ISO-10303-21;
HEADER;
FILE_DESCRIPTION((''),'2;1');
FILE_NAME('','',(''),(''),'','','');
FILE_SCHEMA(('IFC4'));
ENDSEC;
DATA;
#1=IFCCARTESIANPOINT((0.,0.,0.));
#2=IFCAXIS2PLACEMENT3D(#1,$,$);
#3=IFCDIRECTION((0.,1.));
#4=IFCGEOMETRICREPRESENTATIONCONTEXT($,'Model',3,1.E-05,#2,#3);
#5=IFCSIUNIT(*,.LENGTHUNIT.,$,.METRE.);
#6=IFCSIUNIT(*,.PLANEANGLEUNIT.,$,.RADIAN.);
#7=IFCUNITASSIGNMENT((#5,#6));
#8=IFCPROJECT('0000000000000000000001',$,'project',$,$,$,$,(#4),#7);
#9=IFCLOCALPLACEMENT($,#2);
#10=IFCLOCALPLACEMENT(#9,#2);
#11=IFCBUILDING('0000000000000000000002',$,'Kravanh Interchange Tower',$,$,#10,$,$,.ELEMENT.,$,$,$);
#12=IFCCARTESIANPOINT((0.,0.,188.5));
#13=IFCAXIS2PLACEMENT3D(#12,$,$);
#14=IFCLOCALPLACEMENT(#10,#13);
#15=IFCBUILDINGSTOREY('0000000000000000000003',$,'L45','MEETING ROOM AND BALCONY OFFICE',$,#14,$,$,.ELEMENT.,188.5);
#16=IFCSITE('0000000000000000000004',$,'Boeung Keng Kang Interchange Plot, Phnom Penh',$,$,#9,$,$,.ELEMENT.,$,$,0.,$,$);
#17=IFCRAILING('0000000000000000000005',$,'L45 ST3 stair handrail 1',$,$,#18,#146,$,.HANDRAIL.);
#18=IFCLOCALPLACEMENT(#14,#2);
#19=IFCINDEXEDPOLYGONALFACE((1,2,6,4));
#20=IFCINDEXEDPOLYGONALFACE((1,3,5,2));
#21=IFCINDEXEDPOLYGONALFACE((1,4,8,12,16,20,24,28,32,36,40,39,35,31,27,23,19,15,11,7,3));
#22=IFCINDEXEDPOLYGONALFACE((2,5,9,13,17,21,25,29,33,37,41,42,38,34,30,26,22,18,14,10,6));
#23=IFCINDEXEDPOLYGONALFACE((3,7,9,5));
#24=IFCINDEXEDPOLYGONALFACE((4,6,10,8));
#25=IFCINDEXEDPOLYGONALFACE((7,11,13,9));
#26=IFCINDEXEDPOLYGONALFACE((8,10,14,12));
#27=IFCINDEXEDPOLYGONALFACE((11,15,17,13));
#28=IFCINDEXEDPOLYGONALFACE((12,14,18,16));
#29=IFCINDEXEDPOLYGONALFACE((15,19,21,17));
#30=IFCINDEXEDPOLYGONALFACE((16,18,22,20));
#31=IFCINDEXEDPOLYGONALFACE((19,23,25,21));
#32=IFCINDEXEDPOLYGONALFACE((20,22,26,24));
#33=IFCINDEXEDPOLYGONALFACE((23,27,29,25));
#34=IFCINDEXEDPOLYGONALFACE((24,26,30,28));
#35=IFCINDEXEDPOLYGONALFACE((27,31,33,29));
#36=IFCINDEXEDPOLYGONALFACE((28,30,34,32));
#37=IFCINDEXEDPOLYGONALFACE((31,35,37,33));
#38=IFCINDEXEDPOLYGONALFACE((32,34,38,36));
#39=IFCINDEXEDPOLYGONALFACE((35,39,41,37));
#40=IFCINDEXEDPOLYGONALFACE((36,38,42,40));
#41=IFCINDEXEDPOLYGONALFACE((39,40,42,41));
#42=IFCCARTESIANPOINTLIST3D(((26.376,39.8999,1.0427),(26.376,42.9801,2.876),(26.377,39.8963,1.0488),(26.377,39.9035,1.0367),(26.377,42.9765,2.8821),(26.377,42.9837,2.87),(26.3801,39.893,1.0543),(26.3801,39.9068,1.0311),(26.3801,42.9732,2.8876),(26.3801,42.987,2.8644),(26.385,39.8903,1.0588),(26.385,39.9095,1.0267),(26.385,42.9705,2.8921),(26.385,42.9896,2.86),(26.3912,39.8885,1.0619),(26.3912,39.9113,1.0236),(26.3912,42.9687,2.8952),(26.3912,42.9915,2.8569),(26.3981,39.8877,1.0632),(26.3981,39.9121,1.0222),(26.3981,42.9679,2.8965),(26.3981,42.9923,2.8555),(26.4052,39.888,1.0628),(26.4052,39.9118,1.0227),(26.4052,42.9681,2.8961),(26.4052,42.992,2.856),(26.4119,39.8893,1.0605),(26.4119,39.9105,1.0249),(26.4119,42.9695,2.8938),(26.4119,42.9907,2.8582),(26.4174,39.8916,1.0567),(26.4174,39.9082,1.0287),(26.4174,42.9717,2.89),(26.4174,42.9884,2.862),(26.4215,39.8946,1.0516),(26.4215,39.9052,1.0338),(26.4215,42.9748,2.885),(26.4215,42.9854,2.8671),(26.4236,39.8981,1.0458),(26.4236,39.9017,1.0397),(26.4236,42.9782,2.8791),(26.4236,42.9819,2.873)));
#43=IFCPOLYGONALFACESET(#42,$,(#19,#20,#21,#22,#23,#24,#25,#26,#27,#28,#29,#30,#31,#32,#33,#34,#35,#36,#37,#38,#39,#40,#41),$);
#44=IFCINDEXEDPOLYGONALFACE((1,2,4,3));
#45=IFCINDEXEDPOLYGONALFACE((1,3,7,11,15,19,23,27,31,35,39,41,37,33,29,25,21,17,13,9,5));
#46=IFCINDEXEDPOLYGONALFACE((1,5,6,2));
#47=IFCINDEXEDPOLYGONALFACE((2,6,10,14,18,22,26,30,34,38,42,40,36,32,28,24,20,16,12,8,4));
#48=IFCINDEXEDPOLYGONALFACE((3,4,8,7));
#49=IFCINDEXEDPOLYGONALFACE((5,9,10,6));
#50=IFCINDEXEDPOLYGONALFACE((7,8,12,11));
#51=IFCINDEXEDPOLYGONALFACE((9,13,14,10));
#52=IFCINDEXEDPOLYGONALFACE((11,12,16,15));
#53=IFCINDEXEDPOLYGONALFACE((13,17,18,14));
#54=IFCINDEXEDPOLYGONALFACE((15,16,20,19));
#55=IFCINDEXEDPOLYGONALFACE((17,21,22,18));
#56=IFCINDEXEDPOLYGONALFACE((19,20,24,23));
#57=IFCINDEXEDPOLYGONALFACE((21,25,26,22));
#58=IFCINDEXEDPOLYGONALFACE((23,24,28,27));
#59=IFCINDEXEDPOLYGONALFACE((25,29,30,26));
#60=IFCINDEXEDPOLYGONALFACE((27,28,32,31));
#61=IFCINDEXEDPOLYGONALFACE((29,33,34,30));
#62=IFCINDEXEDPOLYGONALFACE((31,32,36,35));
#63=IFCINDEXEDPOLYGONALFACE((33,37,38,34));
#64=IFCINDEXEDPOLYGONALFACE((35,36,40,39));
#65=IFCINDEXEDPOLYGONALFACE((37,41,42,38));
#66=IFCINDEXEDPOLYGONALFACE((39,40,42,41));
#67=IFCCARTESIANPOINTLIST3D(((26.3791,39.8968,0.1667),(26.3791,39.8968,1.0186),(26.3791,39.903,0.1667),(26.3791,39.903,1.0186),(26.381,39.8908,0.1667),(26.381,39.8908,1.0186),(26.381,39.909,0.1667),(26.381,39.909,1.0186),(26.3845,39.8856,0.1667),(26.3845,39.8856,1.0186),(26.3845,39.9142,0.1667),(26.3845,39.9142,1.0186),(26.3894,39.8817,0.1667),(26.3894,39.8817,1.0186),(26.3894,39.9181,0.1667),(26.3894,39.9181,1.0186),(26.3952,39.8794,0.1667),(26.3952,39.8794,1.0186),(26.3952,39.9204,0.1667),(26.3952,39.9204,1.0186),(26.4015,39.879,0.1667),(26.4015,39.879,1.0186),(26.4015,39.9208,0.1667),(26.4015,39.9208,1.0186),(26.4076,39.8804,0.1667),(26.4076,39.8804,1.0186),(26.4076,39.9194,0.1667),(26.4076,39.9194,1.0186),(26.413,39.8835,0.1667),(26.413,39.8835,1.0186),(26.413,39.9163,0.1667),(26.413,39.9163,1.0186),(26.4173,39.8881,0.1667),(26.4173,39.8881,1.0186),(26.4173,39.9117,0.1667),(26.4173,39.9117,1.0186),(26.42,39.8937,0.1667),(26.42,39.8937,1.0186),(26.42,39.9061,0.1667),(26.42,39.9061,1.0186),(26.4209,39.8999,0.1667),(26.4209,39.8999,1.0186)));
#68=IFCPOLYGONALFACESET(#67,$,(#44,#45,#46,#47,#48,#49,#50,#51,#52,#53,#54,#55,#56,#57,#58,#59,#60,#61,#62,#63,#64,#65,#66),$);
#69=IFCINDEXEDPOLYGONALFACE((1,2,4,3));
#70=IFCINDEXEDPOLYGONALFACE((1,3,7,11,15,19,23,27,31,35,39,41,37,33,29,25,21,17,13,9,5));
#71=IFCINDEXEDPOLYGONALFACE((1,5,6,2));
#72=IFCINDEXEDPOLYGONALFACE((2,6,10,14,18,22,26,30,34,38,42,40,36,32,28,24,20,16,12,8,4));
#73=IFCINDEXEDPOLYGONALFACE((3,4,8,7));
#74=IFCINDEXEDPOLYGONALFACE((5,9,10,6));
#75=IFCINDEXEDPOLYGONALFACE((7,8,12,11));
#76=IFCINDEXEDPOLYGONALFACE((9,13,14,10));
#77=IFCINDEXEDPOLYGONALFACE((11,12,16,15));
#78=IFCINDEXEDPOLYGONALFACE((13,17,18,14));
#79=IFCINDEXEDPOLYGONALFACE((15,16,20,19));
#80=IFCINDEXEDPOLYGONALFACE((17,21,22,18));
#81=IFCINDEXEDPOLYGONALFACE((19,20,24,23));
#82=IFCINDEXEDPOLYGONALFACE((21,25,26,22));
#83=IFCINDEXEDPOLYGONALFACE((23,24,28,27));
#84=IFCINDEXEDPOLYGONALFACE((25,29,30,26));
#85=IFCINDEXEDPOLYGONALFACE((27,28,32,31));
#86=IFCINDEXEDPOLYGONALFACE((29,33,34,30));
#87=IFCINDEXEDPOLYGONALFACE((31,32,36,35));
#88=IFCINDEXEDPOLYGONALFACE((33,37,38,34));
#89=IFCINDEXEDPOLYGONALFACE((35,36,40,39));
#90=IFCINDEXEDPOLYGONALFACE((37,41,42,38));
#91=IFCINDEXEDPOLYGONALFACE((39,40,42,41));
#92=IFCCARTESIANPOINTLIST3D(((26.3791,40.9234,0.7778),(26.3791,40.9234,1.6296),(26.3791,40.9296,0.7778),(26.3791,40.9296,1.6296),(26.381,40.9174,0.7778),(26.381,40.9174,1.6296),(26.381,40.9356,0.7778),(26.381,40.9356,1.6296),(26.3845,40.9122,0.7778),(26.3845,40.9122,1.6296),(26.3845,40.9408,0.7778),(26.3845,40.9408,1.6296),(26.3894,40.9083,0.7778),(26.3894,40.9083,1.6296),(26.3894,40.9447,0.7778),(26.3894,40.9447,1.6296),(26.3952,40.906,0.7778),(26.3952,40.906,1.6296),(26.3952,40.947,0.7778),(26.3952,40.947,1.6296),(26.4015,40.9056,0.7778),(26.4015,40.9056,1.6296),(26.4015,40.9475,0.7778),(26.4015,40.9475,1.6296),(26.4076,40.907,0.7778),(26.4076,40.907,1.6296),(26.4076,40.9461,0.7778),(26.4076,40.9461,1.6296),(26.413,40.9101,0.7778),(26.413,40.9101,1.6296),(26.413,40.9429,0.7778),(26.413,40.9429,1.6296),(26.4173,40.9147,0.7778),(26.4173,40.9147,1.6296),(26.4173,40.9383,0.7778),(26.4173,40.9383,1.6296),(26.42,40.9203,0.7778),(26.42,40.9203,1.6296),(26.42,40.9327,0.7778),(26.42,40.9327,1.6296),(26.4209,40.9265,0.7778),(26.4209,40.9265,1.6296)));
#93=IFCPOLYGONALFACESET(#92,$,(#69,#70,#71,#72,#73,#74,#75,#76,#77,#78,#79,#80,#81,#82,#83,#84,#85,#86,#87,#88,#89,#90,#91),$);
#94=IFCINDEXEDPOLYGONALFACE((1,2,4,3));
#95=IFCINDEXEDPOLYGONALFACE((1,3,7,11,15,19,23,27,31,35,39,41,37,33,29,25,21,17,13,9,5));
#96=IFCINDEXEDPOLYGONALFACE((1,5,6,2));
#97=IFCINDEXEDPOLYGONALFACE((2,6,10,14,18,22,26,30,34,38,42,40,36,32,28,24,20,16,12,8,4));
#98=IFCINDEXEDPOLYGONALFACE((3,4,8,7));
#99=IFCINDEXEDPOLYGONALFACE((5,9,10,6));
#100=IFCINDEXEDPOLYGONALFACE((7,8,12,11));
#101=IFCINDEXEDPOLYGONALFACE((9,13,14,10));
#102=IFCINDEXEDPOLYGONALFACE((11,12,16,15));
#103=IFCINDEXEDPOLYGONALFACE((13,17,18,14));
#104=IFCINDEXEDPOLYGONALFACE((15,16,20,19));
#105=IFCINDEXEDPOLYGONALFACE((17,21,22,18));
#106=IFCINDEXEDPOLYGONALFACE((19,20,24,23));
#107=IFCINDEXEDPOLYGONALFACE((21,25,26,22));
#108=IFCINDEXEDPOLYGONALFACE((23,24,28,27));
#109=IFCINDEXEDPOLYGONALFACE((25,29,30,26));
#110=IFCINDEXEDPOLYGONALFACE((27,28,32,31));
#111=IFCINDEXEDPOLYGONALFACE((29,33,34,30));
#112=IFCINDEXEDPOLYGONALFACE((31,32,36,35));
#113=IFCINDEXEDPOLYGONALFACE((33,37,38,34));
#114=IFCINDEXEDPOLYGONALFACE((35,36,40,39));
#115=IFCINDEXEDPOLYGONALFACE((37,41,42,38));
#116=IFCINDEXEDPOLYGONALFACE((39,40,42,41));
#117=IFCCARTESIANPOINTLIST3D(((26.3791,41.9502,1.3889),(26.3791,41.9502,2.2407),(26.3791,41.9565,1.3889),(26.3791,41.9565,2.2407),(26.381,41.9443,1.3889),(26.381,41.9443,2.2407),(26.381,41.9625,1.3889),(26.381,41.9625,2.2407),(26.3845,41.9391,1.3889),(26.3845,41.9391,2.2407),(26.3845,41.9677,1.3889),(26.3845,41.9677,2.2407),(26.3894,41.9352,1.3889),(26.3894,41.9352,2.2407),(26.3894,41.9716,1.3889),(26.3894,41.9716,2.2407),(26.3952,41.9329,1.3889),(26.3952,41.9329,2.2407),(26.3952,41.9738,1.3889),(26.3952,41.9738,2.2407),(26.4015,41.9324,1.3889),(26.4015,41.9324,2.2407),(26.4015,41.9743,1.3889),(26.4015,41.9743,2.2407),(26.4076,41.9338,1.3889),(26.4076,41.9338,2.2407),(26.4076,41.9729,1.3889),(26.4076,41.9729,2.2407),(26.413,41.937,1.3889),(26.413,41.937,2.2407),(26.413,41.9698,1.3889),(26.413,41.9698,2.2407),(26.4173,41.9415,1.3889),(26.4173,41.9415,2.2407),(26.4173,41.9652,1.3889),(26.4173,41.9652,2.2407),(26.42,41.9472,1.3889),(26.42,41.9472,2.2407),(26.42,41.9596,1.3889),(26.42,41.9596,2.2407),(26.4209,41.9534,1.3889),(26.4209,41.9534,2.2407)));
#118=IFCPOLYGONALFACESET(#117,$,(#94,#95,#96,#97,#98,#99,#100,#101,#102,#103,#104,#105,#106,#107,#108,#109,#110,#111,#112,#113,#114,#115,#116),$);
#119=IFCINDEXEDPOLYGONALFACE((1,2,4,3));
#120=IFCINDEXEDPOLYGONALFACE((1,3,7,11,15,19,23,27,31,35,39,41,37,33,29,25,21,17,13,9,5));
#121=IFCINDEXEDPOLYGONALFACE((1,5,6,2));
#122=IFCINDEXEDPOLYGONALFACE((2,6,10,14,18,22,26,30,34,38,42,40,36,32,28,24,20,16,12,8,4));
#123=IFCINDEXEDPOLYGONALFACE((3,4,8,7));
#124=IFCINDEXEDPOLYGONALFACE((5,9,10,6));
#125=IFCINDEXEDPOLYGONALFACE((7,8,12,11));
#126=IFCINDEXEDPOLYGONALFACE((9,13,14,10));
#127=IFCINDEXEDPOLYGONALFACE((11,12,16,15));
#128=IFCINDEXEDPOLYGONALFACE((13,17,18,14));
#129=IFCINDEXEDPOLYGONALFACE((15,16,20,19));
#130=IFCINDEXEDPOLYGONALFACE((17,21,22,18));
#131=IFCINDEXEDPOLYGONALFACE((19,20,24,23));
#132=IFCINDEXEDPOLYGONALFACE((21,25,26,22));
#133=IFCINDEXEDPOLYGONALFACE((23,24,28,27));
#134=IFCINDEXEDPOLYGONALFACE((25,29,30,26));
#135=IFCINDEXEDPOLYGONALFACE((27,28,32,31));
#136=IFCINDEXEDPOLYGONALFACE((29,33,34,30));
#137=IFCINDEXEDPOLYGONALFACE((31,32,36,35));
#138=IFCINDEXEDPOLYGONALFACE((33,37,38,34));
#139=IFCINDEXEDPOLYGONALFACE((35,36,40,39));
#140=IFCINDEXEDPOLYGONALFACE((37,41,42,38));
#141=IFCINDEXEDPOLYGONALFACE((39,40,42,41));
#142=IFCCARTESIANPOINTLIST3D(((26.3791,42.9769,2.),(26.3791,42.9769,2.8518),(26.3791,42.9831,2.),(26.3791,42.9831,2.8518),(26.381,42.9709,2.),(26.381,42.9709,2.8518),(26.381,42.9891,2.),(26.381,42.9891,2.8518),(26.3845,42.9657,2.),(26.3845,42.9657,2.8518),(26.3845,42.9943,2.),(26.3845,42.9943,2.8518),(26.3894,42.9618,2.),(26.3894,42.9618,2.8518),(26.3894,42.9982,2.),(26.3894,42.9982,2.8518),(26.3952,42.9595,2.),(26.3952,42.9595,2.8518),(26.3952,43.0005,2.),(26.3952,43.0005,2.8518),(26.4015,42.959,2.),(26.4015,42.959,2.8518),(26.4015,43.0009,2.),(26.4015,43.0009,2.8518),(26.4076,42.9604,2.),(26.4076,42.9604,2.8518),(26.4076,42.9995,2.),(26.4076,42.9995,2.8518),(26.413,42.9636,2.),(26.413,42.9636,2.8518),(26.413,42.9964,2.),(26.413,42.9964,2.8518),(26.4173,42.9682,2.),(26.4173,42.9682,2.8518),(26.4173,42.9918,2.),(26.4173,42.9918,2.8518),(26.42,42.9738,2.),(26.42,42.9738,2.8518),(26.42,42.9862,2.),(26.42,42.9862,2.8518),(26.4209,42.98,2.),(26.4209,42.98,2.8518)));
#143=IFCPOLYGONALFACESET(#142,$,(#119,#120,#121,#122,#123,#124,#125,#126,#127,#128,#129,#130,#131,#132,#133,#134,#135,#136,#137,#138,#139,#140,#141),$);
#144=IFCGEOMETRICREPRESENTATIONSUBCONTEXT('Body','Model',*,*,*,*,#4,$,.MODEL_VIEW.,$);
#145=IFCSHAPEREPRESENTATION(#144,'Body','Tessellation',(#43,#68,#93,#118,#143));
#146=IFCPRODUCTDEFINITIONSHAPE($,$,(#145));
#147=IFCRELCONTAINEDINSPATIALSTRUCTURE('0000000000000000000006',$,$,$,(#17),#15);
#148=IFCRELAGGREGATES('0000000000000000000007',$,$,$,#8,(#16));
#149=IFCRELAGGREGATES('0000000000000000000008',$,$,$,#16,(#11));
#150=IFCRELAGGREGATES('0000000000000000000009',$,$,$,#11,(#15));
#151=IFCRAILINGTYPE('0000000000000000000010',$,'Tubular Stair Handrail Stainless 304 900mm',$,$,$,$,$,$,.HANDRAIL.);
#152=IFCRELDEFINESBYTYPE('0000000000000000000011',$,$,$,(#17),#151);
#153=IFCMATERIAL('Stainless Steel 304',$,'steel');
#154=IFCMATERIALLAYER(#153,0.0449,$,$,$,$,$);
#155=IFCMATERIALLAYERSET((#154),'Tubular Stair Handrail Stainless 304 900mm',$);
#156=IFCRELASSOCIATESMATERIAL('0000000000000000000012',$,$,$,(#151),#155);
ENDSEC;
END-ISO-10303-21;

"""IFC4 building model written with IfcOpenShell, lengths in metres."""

from ifc_helpers import new_model, si_unit, direction, frame, origin, origin_2d, place, context, subcontext, project, spatial, circle, extrude, material, layer, layer_set, type_object, element, save


model = new_model("IFC4")

# Units and contexts
model_context = context("Model", 3, precision=1e-05, world=origin(), true_north=direction((0.0, 1.0)))
body_context = subcontext(model_context, "Body", "Model", "MODEL_VIEW")
ifc_project = project(units=[si_unit("LENGTHUNIT", "METRE"), si_unit("PLANEANGLEUNIT", "RADIAN")], contexts=[model_context])

# Site, building, storey
site_placement = place(None, origin())
site = spatial("IfcSite", under=ifc_project, at=site_placement, Name="Boeung Keng Kang Interchange Plot, Phnom Penh", CompositionType="ELEMENT", RefElevation=0.0)
building_placement = place(site_placement, origin())
building = spatial("IfcBuilding", under=site, at=building_placement, Name="Kravanh Interchange Tower", CompositionType="ELEMENT")
storey_placement = place(building_placement, frame((0.0, 0.0, 188.5)))
storey = spatial("IfcBuildingStorey", under=building, at=storey_placement, Name="L45", Description="MEETING ROOM AND BALCONY OFFICE", CompositionType="ELEMENT", Elevation=188.5)

# Railing
ifc_material_1 = material(Name="Stainless Steel 304", Category="steel")
ifc_layer_1 = layer(ifc_material_1, 0.0449)
ifc_layer_set_1 = layer_set([ifc_layer_1], Name="Tubular Stair Handrail Stainless 304 900mm")
railing_type_1 = type_object("IfcRailingType", Name="Tubular Stair Handrail Stainless 304 900mm", PredefinedType="HANDRAIL", material=ifc_layer_set_1)
railing_1_placement = place(storey_placement, frame((26.3999, 39.8999, 0.1667)))
element("IfcRailing", 1, at=railing_1_placement, inside=storey, type_object=railing_type_1, Name="L45 ST3 stair handrail 1", PredefinedType="HANDRAIL", context=body_context, shape_type="SweptSolid", body=[
    extrude(circle(Radius=0.0239, at=origin_2d()), frame((0.0, 0.0, 0.876), z_axis=(0.0, 0.859309, 0.511458), x_axis=(-1.0, 0.0, 0.0)), (0.0, 0.0, 1.0), 3.5845),
    extrude(circle(Radius=0.021, at=origin_2d()), origin(), (0.0, 0.0, 1.0), 0.8518),
    extrude(circle(Radius=0.021, at=origin_2d()), frame((0.0, 1.0266, 0.6111)), (0.0, 0.0, 1.0), 0.8518),
    extrude(circle(Radius=0.021, at=origin_2d()), frame((0.0, 2.0535, 1.2222)), (0.0, 0.0, 1.0), 0.8518),
    extrude(circle(Radius=0.021, at=origin_2d()), frame((0.0, 3.0801, 1.8333)), (0.0, 0.0, 1.0), 0.8518),
])

save(model, "model.ifc")
